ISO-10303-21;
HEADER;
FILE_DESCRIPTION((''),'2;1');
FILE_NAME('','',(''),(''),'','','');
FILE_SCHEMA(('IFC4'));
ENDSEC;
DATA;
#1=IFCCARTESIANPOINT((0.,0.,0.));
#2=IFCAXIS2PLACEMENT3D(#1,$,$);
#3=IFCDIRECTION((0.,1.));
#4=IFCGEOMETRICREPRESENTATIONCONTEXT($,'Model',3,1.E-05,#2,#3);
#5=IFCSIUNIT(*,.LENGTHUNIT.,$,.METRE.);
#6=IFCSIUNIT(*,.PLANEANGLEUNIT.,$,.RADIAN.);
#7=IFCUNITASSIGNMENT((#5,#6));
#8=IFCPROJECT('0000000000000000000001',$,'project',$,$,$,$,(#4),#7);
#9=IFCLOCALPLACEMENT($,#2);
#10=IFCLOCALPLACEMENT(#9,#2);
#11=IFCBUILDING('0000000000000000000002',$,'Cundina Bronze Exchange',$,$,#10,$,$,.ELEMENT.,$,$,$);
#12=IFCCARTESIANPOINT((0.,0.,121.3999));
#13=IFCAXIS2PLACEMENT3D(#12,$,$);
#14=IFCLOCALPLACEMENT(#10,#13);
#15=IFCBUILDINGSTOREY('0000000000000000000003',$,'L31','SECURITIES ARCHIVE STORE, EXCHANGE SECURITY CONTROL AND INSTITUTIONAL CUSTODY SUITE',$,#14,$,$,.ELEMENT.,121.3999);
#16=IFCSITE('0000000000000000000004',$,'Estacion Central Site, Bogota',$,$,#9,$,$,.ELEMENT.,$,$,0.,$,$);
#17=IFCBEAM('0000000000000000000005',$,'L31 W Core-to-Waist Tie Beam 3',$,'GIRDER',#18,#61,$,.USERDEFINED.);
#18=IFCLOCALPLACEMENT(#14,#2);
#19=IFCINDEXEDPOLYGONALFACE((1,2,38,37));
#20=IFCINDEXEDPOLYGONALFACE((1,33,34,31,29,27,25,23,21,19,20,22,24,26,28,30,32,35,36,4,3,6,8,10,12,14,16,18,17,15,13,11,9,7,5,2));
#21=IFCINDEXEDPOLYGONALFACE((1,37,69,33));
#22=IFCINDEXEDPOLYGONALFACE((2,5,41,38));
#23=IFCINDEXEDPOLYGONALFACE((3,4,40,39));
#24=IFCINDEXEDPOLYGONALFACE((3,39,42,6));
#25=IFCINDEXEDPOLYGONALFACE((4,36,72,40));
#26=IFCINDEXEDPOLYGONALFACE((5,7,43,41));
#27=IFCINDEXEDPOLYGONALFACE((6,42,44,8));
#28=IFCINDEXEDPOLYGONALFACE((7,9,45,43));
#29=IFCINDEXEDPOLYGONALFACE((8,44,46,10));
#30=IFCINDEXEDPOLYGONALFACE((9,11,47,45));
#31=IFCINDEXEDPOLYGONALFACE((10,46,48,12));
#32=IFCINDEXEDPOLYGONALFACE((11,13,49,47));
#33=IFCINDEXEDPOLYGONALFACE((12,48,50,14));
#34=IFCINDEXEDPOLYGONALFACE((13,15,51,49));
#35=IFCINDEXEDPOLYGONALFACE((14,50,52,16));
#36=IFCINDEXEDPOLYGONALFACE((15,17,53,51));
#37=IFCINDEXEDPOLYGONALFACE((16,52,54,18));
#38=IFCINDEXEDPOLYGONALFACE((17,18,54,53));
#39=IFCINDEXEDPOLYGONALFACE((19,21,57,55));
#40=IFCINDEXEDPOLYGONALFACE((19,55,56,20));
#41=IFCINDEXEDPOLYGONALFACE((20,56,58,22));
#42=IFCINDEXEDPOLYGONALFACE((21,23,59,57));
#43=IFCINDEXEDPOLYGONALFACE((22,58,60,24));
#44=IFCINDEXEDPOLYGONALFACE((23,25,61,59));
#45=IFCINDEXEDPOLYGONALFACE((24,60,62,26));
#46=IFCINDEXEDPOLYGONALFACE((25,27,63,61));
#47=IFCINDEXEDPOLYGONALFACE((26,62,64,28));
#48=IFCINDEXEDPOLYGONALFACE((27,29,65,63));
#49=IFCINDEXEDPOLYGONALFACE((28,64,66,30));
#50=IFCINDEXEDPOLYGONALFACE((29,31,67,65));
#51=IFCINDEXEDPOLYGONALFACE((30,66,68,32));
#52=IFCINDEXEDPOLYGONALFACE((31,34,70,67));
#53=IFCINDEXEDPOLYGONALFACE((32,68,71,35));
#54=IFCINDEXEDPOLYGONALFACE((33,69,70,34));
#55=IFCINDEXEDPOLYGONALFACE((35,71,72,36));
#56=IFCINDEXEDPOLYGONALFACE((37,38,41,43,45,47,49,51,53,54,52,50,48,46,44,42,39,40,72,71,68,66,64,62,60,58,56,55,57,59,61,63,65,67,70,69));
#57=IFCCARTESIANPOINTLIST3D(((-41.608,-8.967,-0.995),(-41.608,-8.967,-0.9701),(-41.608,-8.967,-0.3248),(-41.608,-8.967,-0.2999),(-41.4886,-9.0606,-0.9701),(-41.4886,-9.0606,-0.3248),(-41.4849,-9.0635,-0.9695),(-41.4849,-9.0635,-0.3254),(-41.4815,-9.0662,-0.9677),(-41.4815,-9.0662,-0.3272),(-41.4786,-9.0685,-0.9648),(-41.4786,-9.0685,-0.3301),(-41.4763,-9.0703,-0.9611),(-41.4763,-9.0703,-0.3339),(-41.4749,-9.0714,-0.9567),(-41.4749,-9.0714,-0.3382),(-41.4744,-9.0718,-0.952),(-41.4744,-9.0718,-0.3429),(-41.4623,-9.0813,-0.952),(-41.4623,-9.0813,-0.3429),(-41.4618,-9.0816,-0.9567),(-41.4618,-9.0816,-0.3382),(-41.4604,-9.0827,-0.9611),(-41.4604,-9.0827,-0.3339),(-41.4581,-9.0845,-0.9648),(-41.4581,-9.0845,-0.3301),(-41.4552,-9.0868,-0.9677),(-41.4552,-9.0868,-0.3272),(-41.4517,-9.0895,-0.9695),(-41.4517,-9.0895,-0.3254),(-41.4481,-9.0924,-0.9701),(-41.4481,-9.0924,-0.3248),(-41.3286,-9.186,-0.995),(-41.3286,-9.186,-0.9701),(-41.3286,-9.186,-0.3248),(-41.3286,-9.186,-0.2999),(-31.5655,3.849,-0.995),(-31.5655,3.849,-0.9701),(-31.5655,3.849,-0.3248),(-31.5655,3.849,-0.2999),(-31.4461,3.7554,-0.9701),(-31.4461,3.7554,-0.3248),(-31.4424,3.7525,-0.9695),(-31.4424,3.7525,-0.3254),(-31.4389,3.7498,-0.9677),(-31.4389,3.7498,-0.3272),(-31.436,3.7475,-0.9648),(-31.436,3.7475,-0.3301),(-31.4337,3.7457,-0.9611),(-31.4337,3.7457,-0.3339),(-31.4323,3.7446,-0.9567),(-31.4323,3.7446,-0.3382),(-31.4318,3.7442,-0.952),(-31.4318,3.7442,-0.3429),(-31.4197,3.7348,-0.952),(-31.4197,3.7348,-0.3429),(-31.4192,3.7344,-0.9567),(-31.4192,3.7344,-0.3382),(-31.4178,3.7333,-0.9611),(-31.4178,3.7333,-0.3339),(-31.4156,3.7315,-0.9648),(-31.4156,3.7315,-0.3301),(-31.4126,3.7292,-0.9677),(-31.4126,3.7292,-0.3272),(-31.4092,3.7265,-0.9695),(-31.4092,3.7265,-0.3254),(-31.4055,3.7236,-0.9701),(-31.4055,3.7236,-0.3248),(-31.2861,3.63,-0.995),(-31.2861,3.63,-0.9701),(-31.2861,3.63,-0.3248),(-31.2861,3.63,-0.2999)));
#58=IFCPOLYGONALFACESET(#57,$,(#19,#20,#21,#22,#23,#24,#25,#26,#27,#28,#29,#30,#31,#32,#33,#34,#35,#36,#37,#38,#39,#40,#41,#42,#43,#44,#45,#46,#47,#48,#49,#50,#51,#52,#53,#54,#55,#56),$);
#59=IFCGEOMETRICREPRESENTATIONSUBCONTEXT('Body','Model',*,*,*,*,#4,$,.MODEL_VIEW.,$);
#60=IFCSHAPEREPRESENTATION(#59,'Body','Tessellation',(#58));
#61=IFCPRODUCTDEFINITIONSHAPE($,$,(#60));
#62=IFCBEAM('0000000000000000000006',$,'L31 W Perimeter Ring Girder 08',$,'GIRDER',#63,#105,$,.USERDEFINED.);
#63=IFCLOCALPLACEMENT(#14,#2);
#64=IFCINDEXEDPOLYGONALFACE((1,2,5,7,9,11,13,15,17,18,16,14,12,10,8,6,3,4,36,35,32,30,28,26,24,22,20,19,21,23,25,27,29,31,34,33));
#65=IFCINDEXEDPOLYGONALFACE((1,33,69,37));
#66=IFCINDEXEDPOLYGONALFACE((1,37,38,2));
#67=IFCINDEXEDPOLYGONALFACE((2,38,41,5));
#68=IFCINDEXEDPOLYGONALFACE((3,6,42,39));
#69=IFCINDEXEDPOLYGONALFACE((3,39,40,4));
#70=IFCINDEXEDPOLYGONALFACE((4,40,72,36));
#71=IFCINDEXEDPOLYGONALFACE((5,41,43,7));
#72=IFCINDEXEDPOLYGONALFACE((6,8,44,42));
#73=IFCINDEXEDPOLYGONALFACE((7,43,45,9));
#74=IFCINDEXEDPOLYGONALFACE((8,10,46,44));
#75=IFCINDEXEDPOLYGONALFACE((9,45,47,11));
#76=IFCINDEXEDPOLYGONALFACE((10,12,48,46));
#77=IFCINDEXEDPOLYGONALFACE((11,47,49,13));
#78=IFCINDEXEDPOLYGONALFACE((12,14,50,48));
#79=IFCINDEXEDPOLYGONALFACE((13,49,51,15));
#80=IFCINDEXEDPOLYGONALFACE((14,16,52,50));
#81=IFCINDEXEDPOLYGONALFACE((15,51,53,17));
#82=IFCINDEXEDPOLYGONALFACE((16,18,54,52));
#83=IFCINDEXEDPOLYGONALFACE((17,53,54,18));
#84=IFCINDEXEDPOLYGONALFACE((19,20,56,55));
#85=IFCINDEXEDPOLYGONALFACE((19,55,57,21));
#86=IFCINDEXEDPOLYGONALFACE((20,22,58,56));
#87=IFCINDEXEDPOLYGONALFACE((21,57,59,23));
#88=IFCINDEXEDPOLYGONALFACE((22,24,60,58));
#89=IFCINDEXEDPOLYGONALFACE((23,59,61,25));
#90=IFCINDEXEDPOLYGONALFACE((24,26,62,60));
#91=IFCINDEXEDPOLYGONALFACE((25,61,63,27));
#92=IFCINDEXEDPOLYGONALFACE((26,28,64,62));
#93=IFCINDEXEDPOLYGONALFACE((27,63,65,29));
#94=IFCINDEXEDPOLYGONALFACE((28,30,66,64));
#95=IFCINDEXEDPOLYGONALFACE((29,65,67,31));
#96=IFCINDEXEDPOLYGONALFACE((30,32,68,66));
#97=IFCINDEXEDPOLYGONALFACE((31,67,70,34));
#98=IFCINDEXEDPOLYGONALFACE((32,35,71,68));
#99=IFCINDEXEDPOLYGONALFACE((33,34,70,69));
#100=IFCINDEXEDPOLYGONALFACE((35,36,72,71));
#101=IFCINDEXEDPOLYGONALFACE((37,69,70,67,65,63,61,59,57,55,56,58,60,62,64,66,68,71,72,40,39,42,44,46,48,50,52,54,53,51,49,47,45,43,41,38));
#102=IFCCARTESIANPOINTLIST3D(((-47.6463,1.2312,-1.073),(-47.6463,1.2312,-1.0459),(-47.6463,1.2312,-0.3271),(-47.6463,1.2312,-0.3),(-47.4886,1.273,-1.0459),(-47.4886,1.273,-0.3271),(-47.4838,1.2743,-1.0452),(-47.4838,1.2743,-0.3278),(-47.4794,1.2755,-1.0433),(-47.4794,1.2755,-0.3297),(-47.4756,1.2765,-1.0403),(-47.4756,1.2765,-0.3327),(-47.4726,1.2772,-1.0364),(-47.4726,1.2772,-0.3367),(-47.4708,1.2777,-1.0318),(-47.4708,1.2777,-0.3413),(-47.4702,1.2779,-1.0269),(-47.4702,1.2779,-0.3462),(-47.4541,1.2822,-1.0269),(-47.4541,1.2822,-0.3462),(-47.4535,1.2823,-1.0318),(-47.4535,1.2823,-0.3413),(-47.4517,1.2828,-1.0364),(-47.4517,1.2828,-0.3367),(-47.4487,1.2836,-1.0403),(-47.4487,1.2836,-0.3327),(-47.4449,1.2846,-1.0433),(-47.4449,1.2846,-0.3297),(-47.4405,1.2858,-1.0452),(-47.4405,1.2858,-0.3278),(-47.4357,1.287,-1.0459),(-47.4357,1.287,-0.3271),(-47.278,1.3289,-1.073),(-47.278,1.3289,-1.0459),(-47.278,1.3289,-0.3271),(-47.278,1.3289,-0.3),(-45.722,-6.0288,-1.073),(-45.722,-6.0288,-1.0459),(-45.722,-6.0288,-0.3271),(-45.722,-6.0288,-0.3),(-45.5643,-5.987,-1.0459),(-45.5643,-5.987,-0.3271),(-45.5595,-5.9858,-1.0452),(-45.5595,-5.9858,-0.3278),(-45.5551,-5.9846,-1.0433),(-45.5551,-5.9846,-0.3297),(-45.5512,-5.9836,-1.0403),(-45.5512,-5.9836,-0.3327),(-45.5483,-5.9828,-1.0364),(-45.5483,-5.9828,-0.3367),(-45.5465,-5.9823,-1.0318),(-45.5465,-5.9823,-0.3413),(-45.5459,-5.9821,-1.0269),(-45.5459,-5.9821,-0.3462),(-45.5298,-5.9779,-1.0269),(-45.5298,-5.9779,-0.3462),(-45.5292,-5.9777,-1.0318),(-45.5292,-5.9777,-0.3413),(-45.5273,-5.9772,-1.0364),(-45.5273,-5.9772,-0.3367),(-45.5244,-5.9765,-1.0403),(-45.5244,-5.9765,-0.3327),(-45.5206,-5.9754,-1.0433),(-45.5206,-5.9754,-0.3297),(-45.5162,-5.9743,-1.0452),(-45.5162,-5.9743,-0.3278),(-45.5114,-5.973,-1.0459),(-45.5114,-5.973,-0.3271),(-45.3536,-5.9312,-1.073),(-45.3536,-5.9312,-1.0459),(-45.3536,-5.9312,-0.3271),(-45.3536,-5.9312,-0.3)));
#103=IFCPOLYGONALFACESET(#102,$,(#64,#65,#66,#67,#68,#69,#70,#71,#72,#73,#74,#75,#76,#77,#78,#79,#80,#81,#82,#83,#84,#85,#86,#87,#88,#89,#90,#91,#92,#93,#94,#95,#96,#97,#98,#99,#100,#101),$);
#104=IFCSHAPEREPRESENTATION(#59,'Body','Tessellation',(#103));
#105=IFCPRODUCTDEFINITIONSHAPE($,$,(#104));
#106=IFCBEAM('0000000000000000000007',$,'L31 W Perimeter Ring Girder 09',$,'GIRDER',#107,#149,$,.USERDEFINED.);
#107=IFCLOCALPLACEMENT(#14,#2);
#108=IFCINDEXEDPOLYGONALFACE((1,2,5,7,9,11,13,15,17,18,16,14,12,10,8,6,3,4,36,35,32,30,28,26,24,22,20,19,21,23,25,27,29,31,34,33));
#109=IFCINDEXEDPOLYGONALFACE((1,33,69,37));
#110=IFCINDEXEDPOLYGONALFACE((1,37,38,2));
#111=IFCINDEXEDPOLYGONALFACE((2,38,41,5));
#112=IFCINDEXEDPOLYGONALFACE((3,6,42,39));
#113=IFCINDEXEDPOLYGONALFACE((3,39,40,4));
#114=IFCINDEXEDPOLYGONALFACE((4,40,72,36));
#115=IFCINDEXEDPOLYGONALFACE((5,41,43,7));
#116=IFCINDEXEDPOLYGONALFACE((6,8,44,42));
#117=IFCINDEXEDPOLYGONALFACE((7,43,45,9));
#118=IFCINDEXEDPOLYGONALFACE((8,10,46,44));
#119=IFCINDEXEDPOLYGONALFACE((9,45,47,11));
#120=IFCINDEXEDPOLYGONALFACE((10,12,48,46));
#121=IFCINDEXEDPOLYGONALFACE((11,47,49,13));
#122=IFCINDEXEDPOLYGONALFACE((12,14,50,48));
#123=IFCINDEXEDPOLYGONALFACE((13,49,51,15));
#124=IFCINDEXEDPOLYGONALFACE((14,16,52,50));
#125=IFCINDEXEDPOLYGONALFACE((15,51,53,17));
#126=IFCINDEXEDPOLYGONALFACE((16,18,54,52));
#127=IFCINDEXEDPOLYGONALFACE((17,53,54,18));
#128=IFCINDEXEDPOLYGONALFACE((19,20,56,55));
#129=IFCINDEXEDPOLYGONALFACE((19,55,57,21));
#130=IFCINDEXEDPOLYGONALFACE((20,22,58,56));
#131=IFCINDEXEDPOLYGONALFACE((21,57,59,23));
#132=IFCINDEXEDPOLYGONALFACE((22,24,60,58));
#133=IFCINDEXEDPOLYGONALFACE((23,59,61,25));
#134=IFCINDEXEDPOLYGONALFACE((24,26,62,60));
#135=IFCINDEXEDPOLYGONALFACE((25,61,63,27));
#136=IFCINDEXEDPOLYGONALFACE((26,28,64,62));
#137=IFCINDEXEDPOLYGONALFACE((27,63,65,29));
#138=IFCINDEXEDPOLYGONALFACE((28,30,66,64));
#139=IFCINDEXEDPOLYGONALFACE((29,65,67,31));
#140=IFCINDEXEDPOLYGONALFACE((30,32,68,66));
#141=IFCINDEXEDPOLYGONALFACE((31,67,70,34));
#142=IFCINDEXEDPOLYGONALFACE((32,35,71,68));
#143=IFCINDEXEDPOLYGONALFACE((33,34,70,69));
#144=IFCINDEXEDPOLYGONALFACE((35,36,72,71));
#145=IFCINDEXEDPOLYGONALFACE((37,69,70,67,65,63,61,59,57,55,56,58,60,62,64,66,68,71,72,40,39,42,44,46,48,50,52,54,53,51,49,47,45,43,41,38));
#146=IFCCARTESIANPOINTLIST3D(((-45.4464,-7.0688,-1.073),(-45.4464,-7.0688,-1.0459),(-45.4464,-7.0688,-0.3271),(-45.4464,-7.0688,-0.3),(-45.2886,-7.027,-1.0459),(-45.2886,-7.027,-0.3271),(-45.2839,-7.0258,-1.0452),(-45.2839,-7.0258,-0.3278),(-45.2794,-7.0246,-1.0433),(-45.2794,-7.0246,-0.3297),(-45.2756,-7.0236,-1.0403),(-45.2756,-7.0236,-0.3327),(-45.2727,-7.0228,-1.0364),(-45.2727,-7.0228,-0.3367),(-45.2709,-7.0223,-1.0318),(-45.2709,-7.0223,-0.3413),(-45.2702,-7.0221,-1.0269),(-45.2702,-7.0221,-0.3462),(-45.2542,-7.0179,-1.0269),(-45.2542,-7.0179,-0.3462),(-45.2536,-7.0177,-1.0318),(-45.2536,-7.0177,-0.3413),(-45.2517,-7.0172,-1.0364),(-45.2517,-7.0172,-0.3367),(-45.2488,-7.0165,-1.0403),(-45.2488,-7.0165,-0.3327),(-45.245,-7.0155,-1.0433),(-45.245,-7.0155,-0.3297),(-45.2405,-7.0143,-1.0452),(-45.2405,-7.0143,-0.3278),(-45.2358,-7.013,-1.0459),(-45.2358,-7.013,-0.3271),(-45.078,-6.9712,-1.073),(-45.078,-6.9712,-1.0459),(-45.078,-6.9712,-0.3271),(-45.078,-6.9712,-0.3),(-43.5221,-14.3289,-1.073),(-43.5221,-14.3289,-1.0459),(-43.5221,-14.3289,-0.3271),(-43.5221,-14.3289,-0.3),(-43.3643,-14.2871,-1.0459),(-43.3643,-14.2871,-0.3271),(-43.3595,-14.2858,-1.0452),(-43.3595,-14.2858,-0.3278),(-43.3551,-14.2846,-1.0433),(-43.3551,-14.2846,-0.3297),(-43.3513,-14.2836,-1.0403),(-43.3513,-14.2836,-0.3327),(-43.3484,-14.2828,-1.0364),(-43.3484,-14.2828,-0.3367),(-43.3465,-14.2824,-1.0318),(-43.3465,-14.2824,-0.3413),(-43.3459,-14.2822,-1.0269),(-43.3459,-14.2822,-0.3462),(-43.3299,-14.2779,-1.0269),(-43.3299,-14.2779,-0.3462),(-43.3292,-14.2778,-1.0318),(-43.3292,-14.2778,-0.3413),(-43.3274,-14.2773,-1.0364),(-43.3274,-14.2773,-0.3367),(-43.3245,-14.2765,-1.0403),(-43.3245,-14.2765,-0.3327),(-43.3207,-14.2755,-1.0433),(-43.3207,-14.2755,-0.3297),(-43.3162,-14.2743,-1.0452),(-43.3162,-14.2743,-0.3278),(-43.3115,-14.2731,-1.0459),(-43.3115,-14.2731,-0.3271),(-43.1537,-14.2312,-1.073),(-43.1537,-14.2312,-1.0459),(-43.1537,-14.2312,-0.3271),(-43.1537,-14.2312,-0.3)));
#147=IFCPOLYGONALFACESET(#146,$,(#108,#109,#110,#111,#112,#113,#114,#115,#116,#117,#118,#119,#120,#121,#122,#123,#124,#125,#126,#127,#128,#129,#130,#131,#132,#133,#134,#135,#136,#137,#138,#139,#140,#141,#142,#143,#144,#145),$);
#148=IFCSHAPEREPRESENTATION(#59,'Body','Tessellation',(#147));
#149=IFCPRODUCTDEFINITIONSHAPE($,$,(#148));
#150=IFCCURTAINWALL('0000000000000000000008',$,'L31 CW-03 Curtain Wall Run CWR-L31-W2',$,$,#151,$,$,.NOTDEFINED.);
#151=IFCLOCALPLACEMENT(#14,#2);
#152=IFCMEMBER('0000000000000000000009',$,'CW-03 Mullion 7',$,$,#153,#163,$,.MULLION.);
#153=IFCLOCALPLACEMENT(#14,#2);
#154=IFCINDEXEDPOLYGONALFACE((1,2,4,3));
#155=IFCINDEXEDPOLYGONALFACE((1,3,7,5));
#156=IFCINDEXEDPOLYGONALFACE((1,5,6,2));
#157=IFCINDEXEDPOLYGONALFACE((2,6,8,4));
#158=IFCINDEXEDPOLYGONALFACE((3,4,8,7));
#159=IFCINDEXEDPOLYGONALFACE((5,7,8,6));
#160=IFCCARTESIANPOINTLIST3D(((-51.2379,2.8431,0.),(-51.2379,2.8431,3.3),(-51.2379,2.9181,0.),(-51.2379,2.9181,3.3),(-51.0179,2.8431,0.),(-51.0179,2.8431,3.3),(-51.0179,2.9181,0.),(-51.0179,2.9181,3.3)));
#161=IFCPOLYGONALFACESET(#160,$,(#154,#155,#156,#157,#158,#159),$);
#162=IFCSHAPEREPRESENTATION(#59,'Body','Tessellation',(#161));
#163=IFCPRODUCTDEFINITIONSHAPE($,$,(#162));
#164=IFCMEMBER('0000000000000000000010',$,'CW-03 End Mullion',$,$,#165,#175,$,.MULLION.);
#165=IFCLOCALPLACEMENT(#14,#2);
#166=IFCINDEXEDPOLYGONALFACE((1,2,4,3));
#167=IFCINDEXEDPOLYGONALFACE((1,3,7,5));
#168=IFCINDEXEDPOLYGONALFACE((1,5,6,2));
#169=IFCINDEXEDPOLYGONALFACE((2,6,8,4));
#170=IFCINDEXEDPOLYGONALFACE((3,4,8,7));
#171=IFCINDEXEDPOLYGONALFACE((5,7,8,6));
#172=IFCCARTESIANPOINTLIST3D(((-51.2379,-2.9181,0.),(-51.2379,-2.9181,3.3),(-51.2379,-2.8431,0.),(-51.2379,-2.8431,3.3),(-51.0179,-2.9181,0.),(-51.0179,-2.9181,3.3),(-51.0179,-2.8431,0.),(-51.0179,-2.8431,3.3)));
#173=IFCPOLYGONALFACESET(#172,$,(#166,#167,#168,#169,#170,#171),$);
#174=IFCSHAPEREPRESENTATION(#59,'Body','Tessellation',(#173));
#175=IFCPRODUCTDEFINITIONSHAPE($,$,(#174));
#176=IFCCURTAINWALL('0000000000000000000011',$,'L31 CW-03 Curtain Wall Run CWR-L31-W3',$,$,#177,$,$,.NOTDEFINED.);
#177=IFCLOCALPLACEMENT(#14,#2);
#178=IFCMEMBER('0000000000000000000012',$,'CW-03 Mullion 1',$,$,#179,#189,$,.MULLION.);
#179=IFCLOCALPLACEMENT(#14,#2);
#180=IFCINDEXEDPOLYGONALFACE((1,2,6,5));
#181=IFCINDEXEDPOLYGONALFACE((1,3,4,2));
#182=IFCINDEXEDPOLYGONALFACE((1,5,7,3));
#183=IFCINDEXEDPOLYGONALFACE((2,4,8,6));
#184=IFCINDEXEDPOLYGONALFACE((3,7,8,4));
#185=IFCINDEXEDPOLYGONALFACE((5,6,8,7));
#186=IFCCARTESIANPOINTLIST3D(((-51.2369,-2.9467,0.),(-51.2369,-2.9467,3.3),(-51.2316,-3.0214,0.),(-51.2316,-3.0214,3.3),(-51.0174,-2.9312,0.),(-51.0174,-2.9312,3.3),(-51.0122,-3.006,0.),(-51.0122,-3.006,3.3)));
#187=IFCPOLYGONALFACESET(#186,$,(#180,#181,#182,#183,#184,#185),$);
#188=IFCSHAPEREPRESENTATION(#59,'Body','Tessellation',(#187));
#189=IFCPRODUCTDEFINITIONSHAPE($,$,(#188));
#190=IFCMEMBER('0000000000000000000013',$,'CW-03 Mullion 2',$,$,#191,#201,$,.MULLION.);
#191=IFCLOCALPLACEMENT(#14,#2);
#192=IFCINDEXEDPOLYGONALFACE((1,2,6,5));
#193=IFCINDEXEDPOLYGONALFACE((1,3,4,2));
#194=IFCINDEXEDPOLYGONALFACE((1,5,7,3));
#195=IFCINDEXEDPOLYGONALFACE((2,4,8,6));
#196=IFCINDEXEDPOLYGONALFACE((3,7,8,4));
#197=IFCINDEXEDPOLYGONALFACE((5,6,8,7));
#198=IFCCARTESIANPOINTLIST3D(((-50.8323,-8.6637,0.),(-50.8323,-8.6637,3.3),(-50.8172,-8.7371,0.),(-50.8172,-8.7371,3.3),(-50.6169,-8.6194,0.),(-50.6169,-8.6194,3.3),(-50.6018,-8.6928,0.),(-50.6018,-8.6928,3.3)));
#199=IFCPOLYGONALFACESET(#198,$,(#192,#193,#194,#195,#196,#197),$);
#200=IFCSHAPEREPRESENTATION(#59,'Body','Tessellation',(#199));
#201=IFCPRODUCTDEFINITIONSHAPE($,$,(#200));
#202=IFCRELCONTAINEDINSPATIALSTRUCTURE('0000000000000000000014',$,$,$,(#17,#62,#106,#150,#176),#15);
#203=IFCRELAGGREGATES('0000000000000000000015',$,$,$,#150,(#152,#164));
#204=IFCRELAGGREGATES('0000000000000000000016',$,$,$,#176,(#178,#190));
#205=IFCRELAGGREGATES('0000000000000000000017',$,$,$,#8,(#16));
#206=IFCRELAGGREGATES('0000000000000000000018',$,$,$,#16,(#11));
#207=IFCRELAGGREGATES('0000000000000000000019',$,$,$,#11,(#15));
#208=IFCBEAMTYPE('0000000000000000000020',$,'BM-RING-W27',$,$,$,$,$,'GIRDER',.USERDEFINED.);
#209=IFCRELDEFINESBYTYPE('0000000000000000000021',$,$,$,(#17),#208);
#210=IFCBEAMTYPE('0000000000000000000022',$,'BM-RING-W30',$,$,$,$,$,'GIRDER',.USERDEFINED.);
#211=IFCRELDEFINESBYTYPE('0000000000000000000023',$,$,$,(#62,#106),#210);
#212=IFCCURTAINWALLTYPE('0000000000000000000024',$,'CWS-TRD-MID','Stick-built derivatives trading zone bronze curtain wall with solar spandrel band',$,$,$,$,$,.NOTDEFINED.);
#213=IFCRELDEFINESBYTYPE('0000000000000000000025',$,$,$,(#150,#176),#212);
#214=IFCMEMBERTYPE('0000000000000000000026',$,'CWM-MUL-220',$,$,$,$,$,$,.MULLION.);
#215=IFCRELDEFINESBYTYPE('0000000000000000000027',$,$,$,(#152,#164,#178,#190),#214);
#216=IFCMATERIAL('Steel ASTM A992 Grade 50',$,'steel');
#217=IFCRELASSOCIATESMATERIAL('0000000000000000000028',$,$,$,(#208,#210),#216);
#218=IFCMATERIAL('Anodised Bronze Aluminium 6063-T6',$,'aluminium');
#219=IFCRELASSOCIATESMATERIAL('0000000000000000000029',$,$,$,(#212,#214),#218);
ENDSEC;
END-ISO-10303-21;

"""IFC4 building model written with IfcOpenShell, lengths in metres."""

from ifc_helpers import new_model, si_unit, direction, frame, origin, origin_2d, place, context, subcontext, project, spatial, rectangle, i_section, extrude, material, material_profile, profile_set, type_object, element, aggregate, save


model = new_model("IFC4")

# Units and contexts
model_context = context("Model", 3, precision=1e-05, world=origin(), true_north=direction((0.0, 1.0)))
body_context = subcontext(model_context, "Body", "Model", "MODEL_VIEW")
ifc_project = project(units=[si_unit("LENGTHUNIT", "METRE"), si_unit("PLANEANGLEUNIT", "RADIAN")], contexts=[model_context])

# Site, building, storey
site_placement = place(None, origin())
site = spatial("IfcSite", under=ifc_project, at=site_placement, Name="Estacion Central Site, Bogota", CompositionType="ELEMENT", RefElevation=0.0)
building_placement = place(site_placement, origin())
building = spatial("IfcBuilding", under=site, at=building_placement, Name="Cundina Bronze Exchange", CompositionType="ELEMENT")
storey_placement = place(building_placement, frame((0.0, 0.0, 121.3999)))
storey = spatial("IfcBuildingStorey", under=building, at=storey_placement, Name="L31", Description="SECURITIES ARCHIVE STORE, EXCHANGE SECURITY CONTROL AND INSTITUTIONAL CUSTODY SUITE", CompositionType="ELEMENT", Elevation=121.3999)

# Shared definitions
ifc_material_1 = material(Name="Steel ASTM A992 Grade 50", Category="steel")

# Beams
ifc_material_profile_1 = material_profile(ifc_material_1, i_section(OverallWidth=0.355, OverallDepth=0.6951, WebThickness=0.0154, FlangeThickness=0.0249, FilletRadius=0.0181, at=origin_2d()), Name="W27X146", Category="steel")
ifc_profile_set_1 = profile_set([ifc_material_profile_1], Name="Steel ASTM A992 Grade 50")
beam_type_1 = type_object("IfcBeamType", Name="BM-RING-W27", ElementType="GIRDER", PredefinedType="USERDEFINED", material=ifc_profile_set_1)
beam_1_placement = place(storey_placement, frame((-31.4258, 3.7395, -0.6475), z_axis=(-0.616789, -0.787128, 0.0), x_axis=(0.787128, -0.616789, 0.0)))
element("IfcBeam", 1, at=beam_1_placement, inside=storey, type_object=beam_type_1, Name="L31 W Core-to-Waist Tie Beam 3", ObjectType="GIRDER", PredefinedType="USERDEFINED", context=body_context, shape_type="SweptSolid", body=[
    extrude(i_section(OverallWidth=0.355, OverallDepth=0.6951, WebThickness=0.0154, FlangeThickness=0.0249, FilletRadius=0.0181, at=origin_2d()), origin(), (0.0, 0.0, 1.0), 16.282),
])
ifc_material_profile_2 = material_profile(ifc_material_1, i_section(OverallWidth=0.3811, OverallDepth=0.7729, WebThickness=0.0166, FlangeThickness=0.0271, FilletRadius=0.019, at=origin_2d()), Name="W30X173", Category="steel")
ifc_profile_set_2 = profile_set([ifc_material_profile_2], Name="Steel ASTM A992 Grade 50")
beam_type_2 = type_object("IfcBeamType", Name="BM-RING-W30", ElementType="GIRDER", PredefinedType="USERDEFINED", material=ifc_profile_set_2)
for number, where, z_axis, x_axis, name in (
    (2, (-47.4622, 1.28, -0.6865), (0.25621, -0.966621, 0.0), (0.966621, 0.25621, 0.0), "L31 W Perimeter Ring Girder 08"),
    (3, (-45.2622, -7.02, -0.6865), (0.25621, -0.966621, 0.0), (0.966621, 0.25621, 0.0), "L31 W Perimeter Ring Girder 09"),
):
    element("IfcBeam", number, at=place(storey_placement, frame(where, z_axis=z_axis, x_axis=x_axis)), inside=storey, type_object=beam_type_2, Name=name, ObjectType="GIRDER", PredefinedType="USERDEFINED", context=body_context, shape_type="SweptSolid", body=[
        extrude(i_section(OverallWidth=0.3811, OverallDepth=0.7729, WebThickness=0.0166, FlangeThickness=0.0271, FilletRadius=0.019, at=origin_2d()), origin(), (0.0, 0.0, 1.0), 7.5107),
    ])

# Curtain walls, members
ifc_material_2 = material(Name="Anodised Bronze Aluminium 6063-T6", Category="aluminium")
curtain_wall_type = type_object("IfcCurtainWallType", Name="CWS-TRD-MID", Description="Stick-built derivatives trading zone bronze curtain wall with solar spandrel band", PredefinedType="NOTDEFINED", material=ifc_material_2)
curtain_wall_1_placement = place(storey_placement, origin())
curtain_wall_1 = element("IfcCurtainWall", 4, at=curtain_wall_1_placement, inside=storey, type_object=curtain_wall_type, Name="L31 CW-03 Curtain Wall Run CWR-L31-W2", PredefinedType="NOTDEFINED")
ifc_material_profile_3 = material_profile(ifc_material_2, rectangle(XDim=0.075, YDim=0.22, at=origin_2d()), Name="AL75X220", Category="aluminium")
ifc_profile_set_3 = profile_set([ifc_material_profile_3], Name="Anodised Bronze Aluminium 6063-T6")
member_type_1 = type_object("IfcMemberType", Name="CWM-MUL-220", PredefinedType="MULLION", material=ifc_profile_set_3)
member_1_placement = place(storey_placement, frame((-51.1279, 2.8806, 0.0), z_axis=(0.0, 0.0, 1.0), x_axis=(0.0, -1.0, 0.0)))
member_1 = element("IfcMember", 5, at=member_1_placement, type_object=member_type_1, Name="CW-03 Mullion 7", PredefinedType="MULLION", context=body_context, shape_type="SweptSolid", body=[
    extrude(rectangle(XDim=0.075, YDim=0.22, at=origin_2d()), origin(), (0.0, 0.0, 1.0), 3.3),
])
member_2_placement = place(storey_placement, frame((-51.1279, -2.8806, 0.0), z_axis=(0.0, 0.0, 1.0), x_axis=(0.0, -1.0, 0.0)))
member_2 = element("IfcMember", 6, at=member_2_placement, type_object=member_type_1, Name="CW-03 End Mullion", PredefinedType="MULLION", context=body_context, shape_type="SweptSolid", body=[
    extrude(rectangle(XDim=0.075, YDim=0.22, at=origin_2d()), origin(), (0.0, 0.0, 1.0), 3.3),
])
curtain_wall_2_placement = place(storey_placement, origin())
curtain_wall_2 = element("IfcCurtainWall", 7, at=curtain_wall_2_placement, inside=storey, type_object=curtain_wall_type, Name="L31 CW-03 Curtain Wall Run CWR-L31-W3", PredefinedType="NOTDEFINED")
member_3_placement = place(storey_placement, frame((-51.1245, -2.9763, 0.0), z_axis=(0.0, 0.0, 1.0), x_axis=(0.070279, -0.997527, 0.0)))
member_3 = element("IfcMember", 8, at=member_3_placement, type_object=member_type_1, Name="CW-03 Mullion 1", PredefinedType="MULLION", context=body_context, shape_type="SweptSolid", body=[
    extrude(rectangle(XDim=0.075, YDim=0.22, at=origin_2d()), origin(), (0.0, 0.0, 1.0), 3.3),
])
member_4_placement = place(storey_placement, frame((-50.717, -8.6782, 0.0), z_axis=(0.0, 0.0, 1.0), x_axis=(0.20142, -0.979505, 0.0)))
member_4 = element("IfcMember", 9, at=member_4_placement, type_object=member_type_1, Name="CW-03 Mullion 2", PredefinedType="MULLION", context=body_context, shape_type="SweptSolid", body=[
    extrude(rectangle(XDim=0.075, YDim=0.22, at=origin_2d()), origin(), (0.0, 0.0, 1.0), 3.3),
])

aggregate(curtain_wall_1, [member_1, member_2])
aggregate(curtain_wall_2, [member_3, member_4])

save(model, "model.ifc")
